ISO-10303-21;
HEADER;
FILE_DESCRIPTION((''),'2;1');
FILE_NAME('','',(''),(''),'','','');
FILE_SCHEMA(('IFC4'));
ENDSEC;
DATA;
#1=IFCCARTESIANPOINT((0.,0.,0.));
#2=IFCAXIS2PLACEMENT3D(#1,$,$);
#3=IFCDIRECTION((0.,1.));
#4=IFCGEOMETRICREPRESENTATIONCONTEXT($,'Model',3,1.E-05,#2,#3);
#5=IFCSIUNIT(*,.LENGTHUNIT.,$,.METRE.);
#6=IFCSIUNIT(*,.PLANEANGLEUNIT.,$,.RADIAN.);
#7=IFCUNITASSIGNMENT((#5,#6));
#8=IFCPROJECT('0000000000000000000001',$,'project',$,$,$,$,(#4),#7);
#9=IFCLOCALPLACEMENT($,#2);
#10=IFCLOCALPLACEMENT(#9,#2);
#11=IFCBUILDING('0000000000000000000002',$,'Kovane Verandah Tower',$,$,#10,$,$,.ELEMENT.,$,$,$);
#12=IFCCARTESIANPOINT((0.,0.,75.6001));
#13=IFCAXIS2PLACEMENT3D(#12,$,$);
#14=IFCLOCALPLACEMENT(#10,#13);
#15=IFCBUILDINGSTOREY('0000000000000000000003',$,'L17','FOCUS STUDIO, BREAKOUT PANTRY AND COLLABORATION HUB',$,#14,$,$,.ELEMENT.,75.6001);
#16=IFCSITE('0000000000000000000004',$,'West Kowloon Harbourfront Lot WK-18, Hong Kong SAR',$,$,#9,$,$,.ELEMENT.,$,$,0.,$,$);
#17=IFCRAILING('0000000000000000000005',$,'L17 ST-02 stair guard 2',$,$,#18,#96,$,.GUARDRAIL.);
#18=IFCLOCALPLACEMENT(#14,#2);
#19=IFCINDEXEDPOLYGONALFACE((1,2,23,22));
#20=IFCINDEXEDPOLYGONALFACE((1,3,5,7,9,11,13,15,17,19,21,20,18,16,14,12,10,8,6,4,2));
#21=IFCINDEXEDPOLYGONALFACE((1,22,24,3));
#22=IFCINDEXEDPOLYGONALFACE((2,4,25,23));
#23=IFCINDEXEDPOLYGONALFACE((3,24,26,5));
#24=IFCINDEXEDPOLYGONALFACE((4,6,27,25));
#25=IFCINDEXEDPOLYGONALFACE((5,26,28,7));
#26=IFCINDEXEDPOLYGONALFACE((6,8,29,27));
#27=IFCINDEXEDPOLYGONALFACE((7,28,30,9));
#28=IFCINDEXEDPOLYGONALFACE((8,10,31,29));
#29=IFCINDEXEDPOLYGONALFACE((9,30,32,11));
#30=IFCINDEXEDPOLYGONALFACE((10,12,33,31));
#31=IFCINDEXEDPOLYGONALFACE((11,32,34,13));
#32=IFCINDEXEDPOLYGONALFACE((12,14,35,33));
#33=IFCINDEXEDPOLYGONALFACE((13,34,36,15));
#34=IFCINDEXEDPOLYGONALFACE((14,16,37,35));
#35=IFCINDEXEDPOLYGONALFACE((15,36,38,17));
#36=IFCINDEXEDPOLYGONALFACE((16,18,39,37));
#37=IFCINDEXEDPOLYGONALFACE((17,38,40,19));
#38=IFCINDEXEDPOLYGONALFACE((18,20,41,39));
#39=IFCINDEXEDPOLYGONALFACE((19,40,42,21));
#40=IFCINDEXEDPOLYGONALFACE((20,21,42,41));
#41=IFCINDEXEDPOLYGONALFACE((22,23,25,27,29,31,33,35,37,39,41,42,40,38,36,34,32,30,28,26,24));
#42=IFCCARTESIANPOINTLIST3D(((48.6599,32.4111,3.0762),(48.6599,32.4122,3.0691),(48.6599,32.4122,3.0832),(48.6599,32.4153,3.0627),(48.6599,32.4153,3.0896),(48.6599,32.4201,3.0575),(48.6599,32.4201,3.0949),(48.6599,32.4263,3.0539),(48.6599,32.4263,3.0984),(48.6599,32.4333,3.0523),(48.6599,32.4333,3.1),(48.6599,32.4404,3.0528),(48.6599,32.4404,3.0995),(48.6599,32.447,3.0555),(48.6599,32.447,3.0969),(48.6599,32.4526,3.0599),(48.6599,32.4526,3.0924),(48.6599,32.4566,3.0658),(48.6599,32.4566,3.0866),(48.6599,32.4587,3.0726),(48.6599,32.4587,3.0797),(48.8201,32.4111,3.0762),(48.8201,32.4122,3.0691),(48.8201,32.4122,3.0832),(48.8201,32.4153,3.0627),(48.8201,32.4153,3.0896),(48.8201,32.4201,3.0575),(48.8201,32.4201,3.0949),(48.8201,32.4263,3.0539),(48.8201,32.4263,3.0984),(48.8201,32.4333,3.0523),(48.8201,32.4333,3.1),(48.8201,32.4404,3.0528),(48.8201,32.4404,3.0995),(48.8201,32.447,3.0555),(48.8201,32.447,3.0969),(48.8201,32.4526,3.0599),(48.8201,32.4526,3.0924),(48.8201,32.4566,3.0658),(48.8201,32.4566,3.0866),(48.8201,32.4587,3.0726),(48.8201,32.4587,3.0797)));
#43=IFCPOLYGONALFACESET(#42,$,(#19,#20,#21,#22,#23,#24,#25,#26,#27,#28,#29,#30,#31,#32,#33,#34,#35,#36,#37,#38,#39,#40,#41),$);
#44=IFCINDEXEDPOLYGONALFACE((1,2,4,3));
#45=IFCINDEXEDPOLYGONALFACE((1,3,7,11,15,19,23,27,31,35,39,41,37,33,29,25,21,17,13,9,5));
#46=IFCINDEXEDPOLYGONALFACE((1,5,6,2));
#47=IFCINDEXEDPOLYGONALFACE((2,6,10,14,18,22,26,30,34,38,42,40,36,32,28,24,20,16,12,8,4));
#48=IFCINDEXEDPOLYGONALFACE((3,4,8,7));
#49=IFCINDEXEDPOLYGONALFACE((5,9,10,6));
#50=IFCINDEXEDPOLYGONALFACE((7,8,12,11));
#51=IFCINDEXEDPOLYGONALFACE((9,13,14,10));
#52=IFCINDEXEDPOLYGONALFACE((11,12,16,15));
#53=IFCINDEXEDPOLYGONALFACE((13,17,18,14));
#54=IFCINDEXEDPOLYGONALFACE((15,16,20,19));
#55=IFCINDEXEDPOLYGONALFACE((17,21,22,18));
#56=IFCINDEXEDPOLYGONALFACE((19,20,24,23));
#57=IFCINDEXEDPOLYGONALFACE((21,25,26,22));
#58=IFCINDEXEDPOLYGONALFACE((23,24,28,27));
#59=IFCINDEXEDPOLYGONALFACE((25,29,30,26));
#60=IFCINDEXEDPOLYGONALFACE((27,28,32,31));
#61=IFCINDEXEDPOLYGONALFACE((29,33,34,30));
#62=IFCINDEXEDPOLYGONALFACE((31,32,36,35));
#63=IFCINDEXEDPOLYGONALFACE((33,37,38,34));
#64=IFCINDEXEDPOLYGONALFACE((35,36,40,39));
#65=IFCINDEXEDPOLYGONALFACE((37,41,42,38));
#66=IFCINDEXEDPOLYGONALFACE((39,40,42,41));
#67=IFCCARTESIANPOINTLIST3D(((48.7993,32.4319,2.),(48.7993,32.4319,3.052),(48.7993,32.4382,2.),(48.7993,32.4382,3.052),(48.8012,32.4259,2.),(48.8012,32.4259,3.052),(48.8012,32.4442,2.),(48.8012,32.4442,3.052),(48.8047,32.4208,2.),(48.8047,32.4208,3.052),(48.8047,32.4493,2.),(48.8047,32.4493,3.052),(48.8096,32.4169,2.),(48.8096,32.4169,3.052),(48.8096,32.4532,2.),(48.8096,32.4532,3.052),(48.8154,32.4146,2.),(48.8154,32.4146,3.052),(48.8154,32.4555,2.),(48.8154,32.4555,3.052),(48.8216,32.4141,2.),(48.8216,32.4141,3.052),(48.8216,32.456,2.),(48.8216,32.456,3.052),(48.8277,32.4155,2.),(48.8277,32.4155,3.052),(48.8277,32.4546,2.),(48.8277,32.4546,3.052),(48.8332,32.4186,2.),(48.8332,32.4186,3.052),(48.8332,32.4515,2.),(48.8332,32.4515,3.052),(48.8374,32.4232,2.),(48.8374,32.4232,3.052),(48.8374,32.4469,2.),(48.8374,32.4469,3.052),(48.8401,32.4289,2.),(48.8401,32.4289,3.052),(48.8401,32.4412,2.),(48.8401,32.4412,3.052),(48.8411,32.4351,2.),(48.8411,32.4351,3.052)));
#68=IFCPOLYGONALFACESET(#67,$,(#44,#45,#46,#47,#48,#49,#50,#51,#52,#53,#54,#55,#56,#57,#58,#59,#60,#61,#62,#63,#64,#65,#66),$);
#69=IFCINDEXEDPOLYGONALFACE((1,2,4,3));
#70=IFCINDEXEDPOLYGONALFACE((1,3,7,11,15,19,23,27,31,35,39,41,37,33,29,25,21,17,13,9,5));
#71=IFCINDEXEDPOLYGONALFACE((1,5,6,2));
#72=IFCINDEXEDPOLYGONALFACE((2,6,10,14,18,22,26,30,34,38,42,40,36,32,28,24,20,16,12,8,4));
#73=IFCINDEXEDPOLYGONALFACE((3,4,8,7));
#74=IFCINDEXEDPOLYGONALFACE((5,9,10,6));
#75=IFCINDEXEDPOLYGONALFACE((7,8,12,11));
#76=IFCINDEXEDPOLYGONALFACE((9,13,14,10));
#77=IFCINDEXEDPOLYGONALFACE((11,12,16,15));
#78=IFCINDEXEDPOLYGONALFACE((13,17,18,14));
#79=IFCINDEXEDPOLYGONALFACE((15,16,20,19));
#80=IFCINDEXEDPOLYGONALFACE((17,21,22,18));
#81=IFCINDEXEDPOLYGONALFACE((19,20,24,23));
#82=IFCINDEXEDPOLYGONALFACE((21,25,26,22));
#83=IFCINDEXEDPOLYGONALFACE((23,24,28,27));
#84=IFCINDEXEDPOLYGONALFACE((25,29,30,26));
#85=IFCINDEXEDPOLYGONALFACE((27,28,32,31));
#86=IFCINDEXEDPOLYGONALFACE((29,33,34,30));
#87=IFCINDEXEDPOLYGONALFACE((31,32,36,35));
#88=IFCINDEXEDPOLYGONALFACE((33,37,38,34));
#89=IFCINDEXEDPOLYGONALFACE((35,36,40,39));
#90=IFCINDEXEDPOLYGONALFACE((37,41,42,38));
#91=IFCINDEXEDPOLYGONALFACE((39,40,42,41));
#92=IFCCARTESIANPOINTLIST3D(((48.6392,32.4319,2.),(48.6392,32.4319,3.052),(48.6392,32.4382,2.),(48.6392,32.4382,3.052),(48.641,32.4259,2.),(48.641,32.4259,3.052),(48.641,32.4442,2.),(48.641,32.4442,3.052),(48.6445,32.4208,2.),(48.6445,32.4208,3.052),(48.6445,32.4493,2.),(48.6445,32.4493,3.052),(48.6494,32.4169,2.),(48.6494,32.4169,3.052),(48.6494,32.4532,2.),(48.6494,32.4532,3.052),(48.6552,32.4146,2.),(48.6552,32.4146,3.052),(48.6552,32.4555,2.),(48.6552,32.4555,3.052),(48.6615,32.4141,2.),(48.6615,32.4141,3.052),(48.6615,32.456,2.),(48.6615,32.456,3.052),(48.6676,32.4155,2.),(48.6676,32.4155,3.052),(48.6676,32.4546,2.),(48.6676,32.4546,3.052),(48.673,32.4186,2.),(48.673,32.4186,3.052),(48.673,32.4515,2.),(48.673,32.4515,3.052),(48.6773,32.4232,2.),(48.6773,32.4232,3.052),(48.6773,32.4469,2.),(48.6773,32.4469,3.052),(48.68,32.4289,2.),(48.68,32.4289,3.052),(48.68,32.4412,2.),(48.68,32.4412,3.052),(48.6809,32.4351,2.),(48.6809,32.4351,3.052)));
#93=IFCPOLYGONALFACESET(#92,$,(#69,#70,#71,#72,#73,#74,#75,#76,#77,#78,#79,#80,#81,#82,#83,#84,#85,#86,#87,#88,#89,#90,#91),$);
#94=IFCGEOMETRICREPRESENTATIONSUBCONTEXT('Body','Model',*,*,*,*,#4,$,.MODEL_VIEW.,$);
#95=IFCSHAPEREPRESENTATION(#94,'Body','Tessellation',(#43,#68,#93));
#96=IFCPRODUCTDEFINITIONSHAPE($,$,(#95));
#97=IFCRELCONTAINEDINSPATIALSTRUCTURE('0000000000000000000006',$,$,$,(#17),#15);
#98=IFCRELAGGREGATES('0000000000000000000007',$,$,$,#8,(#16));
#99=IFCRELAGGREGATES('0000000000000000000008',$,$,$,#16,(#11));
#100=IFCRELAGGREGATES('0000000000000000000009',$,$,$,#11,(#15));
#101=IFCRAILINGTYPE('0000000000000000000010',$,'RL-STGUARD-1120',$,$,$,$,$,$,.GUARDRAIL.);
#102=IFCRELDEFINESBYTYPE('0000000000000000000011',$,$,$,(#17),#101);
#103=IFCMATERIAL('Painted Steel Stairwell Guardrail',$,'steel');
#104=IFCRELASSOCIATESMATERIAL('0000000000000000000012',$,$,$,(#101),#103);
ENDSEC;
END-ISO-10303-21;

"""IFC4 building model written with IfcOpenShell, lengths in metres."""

from ifc_helpers import new_model, si_unit, direction, frame, origin, origin_2d, place, context, subcontext, project, spatial, circle, extrude, material, type_object, element, save


model = new_model("IFC4")

# Units and contexts
model_context = context("Model", 3, precision=1e-05, world=origin(), true_north=direction((0.0, 1.0)))
body_context = subcontext(model_context, "Body", "Model", "MODEL_VIEW")
ifc_project = project(units=[si_unit("LENGTHUNIT", "METRE"), si_unit("PLANEANGLEUNIT", "RADIAN")], contexts=[model_context])

# Site, building, storey
site_placement = place(None, origin())
site = spatial("IfcSite", under=ifc_project, at=site_placement, Name="West Kowloon Harbourfront Lot WK-18, Hong Kong SAR", CompositionType="ELEMENT", RefElevation=0.0)
building_placement = place(site_placement, origin())
building = spatial("IfcBuilding", under=site, at=building_placement, Name="Kovane Verandah Tower", CompositionType="ELEMENT")
storey_placement = place(building_placement, frame((0.0, 0.0, 75.6001)))
storey = spatial("IfcBuildingStorey", under=building, at=storey_placement, Name="L17", Description="FOCUS STUDIO, BREAKOUT PANTRY AND COLLABORATION HUB", CompositionType="ELEMENT", Elevation=75.6001)

# Railing
ifc_material_1 = material(Name="Painted Steel Stairwell Guardrail", Category="steel")
railing_type = type_object("IfcRailingType", Name="RL-STGUARD-1120", PredefinedType="GUARDRAIL", material=ifc_material_1)
railing_1_placement = place(storey_placement, frame((48.8201, 32.4351, 2.0)))
element("IfcRailing", 1, at=railing_1_placement, inside=storey, type_object=railing_type, Name="L17 ST-02 stair guard 2", PredefinedType="GUARDRAIL", context=body_context, shape_type="SweptSolid", body=[
    extrude(circle(Radius=0.0239, at=origin_2d()), frame((0.0, 0.0, 1.0762), z_axis=(-1.0, 0.0, 0.0), x_axis=(0.0, -1.0, 0.0)), (0.0, 0.0, 1.0), 0.1602),
    extrude(circle(Radius=0.021, at=origin_2d()), origin(), (0.0, 0.0, 1.0), 1.052),
    extrude(circle(Radius=0.021, at=origin_2d()), frame((-0.1602, 0.0, 0.0)), (0.0, 0.0, 1.0), 1.052),
])

save(model, "model.ifc")
